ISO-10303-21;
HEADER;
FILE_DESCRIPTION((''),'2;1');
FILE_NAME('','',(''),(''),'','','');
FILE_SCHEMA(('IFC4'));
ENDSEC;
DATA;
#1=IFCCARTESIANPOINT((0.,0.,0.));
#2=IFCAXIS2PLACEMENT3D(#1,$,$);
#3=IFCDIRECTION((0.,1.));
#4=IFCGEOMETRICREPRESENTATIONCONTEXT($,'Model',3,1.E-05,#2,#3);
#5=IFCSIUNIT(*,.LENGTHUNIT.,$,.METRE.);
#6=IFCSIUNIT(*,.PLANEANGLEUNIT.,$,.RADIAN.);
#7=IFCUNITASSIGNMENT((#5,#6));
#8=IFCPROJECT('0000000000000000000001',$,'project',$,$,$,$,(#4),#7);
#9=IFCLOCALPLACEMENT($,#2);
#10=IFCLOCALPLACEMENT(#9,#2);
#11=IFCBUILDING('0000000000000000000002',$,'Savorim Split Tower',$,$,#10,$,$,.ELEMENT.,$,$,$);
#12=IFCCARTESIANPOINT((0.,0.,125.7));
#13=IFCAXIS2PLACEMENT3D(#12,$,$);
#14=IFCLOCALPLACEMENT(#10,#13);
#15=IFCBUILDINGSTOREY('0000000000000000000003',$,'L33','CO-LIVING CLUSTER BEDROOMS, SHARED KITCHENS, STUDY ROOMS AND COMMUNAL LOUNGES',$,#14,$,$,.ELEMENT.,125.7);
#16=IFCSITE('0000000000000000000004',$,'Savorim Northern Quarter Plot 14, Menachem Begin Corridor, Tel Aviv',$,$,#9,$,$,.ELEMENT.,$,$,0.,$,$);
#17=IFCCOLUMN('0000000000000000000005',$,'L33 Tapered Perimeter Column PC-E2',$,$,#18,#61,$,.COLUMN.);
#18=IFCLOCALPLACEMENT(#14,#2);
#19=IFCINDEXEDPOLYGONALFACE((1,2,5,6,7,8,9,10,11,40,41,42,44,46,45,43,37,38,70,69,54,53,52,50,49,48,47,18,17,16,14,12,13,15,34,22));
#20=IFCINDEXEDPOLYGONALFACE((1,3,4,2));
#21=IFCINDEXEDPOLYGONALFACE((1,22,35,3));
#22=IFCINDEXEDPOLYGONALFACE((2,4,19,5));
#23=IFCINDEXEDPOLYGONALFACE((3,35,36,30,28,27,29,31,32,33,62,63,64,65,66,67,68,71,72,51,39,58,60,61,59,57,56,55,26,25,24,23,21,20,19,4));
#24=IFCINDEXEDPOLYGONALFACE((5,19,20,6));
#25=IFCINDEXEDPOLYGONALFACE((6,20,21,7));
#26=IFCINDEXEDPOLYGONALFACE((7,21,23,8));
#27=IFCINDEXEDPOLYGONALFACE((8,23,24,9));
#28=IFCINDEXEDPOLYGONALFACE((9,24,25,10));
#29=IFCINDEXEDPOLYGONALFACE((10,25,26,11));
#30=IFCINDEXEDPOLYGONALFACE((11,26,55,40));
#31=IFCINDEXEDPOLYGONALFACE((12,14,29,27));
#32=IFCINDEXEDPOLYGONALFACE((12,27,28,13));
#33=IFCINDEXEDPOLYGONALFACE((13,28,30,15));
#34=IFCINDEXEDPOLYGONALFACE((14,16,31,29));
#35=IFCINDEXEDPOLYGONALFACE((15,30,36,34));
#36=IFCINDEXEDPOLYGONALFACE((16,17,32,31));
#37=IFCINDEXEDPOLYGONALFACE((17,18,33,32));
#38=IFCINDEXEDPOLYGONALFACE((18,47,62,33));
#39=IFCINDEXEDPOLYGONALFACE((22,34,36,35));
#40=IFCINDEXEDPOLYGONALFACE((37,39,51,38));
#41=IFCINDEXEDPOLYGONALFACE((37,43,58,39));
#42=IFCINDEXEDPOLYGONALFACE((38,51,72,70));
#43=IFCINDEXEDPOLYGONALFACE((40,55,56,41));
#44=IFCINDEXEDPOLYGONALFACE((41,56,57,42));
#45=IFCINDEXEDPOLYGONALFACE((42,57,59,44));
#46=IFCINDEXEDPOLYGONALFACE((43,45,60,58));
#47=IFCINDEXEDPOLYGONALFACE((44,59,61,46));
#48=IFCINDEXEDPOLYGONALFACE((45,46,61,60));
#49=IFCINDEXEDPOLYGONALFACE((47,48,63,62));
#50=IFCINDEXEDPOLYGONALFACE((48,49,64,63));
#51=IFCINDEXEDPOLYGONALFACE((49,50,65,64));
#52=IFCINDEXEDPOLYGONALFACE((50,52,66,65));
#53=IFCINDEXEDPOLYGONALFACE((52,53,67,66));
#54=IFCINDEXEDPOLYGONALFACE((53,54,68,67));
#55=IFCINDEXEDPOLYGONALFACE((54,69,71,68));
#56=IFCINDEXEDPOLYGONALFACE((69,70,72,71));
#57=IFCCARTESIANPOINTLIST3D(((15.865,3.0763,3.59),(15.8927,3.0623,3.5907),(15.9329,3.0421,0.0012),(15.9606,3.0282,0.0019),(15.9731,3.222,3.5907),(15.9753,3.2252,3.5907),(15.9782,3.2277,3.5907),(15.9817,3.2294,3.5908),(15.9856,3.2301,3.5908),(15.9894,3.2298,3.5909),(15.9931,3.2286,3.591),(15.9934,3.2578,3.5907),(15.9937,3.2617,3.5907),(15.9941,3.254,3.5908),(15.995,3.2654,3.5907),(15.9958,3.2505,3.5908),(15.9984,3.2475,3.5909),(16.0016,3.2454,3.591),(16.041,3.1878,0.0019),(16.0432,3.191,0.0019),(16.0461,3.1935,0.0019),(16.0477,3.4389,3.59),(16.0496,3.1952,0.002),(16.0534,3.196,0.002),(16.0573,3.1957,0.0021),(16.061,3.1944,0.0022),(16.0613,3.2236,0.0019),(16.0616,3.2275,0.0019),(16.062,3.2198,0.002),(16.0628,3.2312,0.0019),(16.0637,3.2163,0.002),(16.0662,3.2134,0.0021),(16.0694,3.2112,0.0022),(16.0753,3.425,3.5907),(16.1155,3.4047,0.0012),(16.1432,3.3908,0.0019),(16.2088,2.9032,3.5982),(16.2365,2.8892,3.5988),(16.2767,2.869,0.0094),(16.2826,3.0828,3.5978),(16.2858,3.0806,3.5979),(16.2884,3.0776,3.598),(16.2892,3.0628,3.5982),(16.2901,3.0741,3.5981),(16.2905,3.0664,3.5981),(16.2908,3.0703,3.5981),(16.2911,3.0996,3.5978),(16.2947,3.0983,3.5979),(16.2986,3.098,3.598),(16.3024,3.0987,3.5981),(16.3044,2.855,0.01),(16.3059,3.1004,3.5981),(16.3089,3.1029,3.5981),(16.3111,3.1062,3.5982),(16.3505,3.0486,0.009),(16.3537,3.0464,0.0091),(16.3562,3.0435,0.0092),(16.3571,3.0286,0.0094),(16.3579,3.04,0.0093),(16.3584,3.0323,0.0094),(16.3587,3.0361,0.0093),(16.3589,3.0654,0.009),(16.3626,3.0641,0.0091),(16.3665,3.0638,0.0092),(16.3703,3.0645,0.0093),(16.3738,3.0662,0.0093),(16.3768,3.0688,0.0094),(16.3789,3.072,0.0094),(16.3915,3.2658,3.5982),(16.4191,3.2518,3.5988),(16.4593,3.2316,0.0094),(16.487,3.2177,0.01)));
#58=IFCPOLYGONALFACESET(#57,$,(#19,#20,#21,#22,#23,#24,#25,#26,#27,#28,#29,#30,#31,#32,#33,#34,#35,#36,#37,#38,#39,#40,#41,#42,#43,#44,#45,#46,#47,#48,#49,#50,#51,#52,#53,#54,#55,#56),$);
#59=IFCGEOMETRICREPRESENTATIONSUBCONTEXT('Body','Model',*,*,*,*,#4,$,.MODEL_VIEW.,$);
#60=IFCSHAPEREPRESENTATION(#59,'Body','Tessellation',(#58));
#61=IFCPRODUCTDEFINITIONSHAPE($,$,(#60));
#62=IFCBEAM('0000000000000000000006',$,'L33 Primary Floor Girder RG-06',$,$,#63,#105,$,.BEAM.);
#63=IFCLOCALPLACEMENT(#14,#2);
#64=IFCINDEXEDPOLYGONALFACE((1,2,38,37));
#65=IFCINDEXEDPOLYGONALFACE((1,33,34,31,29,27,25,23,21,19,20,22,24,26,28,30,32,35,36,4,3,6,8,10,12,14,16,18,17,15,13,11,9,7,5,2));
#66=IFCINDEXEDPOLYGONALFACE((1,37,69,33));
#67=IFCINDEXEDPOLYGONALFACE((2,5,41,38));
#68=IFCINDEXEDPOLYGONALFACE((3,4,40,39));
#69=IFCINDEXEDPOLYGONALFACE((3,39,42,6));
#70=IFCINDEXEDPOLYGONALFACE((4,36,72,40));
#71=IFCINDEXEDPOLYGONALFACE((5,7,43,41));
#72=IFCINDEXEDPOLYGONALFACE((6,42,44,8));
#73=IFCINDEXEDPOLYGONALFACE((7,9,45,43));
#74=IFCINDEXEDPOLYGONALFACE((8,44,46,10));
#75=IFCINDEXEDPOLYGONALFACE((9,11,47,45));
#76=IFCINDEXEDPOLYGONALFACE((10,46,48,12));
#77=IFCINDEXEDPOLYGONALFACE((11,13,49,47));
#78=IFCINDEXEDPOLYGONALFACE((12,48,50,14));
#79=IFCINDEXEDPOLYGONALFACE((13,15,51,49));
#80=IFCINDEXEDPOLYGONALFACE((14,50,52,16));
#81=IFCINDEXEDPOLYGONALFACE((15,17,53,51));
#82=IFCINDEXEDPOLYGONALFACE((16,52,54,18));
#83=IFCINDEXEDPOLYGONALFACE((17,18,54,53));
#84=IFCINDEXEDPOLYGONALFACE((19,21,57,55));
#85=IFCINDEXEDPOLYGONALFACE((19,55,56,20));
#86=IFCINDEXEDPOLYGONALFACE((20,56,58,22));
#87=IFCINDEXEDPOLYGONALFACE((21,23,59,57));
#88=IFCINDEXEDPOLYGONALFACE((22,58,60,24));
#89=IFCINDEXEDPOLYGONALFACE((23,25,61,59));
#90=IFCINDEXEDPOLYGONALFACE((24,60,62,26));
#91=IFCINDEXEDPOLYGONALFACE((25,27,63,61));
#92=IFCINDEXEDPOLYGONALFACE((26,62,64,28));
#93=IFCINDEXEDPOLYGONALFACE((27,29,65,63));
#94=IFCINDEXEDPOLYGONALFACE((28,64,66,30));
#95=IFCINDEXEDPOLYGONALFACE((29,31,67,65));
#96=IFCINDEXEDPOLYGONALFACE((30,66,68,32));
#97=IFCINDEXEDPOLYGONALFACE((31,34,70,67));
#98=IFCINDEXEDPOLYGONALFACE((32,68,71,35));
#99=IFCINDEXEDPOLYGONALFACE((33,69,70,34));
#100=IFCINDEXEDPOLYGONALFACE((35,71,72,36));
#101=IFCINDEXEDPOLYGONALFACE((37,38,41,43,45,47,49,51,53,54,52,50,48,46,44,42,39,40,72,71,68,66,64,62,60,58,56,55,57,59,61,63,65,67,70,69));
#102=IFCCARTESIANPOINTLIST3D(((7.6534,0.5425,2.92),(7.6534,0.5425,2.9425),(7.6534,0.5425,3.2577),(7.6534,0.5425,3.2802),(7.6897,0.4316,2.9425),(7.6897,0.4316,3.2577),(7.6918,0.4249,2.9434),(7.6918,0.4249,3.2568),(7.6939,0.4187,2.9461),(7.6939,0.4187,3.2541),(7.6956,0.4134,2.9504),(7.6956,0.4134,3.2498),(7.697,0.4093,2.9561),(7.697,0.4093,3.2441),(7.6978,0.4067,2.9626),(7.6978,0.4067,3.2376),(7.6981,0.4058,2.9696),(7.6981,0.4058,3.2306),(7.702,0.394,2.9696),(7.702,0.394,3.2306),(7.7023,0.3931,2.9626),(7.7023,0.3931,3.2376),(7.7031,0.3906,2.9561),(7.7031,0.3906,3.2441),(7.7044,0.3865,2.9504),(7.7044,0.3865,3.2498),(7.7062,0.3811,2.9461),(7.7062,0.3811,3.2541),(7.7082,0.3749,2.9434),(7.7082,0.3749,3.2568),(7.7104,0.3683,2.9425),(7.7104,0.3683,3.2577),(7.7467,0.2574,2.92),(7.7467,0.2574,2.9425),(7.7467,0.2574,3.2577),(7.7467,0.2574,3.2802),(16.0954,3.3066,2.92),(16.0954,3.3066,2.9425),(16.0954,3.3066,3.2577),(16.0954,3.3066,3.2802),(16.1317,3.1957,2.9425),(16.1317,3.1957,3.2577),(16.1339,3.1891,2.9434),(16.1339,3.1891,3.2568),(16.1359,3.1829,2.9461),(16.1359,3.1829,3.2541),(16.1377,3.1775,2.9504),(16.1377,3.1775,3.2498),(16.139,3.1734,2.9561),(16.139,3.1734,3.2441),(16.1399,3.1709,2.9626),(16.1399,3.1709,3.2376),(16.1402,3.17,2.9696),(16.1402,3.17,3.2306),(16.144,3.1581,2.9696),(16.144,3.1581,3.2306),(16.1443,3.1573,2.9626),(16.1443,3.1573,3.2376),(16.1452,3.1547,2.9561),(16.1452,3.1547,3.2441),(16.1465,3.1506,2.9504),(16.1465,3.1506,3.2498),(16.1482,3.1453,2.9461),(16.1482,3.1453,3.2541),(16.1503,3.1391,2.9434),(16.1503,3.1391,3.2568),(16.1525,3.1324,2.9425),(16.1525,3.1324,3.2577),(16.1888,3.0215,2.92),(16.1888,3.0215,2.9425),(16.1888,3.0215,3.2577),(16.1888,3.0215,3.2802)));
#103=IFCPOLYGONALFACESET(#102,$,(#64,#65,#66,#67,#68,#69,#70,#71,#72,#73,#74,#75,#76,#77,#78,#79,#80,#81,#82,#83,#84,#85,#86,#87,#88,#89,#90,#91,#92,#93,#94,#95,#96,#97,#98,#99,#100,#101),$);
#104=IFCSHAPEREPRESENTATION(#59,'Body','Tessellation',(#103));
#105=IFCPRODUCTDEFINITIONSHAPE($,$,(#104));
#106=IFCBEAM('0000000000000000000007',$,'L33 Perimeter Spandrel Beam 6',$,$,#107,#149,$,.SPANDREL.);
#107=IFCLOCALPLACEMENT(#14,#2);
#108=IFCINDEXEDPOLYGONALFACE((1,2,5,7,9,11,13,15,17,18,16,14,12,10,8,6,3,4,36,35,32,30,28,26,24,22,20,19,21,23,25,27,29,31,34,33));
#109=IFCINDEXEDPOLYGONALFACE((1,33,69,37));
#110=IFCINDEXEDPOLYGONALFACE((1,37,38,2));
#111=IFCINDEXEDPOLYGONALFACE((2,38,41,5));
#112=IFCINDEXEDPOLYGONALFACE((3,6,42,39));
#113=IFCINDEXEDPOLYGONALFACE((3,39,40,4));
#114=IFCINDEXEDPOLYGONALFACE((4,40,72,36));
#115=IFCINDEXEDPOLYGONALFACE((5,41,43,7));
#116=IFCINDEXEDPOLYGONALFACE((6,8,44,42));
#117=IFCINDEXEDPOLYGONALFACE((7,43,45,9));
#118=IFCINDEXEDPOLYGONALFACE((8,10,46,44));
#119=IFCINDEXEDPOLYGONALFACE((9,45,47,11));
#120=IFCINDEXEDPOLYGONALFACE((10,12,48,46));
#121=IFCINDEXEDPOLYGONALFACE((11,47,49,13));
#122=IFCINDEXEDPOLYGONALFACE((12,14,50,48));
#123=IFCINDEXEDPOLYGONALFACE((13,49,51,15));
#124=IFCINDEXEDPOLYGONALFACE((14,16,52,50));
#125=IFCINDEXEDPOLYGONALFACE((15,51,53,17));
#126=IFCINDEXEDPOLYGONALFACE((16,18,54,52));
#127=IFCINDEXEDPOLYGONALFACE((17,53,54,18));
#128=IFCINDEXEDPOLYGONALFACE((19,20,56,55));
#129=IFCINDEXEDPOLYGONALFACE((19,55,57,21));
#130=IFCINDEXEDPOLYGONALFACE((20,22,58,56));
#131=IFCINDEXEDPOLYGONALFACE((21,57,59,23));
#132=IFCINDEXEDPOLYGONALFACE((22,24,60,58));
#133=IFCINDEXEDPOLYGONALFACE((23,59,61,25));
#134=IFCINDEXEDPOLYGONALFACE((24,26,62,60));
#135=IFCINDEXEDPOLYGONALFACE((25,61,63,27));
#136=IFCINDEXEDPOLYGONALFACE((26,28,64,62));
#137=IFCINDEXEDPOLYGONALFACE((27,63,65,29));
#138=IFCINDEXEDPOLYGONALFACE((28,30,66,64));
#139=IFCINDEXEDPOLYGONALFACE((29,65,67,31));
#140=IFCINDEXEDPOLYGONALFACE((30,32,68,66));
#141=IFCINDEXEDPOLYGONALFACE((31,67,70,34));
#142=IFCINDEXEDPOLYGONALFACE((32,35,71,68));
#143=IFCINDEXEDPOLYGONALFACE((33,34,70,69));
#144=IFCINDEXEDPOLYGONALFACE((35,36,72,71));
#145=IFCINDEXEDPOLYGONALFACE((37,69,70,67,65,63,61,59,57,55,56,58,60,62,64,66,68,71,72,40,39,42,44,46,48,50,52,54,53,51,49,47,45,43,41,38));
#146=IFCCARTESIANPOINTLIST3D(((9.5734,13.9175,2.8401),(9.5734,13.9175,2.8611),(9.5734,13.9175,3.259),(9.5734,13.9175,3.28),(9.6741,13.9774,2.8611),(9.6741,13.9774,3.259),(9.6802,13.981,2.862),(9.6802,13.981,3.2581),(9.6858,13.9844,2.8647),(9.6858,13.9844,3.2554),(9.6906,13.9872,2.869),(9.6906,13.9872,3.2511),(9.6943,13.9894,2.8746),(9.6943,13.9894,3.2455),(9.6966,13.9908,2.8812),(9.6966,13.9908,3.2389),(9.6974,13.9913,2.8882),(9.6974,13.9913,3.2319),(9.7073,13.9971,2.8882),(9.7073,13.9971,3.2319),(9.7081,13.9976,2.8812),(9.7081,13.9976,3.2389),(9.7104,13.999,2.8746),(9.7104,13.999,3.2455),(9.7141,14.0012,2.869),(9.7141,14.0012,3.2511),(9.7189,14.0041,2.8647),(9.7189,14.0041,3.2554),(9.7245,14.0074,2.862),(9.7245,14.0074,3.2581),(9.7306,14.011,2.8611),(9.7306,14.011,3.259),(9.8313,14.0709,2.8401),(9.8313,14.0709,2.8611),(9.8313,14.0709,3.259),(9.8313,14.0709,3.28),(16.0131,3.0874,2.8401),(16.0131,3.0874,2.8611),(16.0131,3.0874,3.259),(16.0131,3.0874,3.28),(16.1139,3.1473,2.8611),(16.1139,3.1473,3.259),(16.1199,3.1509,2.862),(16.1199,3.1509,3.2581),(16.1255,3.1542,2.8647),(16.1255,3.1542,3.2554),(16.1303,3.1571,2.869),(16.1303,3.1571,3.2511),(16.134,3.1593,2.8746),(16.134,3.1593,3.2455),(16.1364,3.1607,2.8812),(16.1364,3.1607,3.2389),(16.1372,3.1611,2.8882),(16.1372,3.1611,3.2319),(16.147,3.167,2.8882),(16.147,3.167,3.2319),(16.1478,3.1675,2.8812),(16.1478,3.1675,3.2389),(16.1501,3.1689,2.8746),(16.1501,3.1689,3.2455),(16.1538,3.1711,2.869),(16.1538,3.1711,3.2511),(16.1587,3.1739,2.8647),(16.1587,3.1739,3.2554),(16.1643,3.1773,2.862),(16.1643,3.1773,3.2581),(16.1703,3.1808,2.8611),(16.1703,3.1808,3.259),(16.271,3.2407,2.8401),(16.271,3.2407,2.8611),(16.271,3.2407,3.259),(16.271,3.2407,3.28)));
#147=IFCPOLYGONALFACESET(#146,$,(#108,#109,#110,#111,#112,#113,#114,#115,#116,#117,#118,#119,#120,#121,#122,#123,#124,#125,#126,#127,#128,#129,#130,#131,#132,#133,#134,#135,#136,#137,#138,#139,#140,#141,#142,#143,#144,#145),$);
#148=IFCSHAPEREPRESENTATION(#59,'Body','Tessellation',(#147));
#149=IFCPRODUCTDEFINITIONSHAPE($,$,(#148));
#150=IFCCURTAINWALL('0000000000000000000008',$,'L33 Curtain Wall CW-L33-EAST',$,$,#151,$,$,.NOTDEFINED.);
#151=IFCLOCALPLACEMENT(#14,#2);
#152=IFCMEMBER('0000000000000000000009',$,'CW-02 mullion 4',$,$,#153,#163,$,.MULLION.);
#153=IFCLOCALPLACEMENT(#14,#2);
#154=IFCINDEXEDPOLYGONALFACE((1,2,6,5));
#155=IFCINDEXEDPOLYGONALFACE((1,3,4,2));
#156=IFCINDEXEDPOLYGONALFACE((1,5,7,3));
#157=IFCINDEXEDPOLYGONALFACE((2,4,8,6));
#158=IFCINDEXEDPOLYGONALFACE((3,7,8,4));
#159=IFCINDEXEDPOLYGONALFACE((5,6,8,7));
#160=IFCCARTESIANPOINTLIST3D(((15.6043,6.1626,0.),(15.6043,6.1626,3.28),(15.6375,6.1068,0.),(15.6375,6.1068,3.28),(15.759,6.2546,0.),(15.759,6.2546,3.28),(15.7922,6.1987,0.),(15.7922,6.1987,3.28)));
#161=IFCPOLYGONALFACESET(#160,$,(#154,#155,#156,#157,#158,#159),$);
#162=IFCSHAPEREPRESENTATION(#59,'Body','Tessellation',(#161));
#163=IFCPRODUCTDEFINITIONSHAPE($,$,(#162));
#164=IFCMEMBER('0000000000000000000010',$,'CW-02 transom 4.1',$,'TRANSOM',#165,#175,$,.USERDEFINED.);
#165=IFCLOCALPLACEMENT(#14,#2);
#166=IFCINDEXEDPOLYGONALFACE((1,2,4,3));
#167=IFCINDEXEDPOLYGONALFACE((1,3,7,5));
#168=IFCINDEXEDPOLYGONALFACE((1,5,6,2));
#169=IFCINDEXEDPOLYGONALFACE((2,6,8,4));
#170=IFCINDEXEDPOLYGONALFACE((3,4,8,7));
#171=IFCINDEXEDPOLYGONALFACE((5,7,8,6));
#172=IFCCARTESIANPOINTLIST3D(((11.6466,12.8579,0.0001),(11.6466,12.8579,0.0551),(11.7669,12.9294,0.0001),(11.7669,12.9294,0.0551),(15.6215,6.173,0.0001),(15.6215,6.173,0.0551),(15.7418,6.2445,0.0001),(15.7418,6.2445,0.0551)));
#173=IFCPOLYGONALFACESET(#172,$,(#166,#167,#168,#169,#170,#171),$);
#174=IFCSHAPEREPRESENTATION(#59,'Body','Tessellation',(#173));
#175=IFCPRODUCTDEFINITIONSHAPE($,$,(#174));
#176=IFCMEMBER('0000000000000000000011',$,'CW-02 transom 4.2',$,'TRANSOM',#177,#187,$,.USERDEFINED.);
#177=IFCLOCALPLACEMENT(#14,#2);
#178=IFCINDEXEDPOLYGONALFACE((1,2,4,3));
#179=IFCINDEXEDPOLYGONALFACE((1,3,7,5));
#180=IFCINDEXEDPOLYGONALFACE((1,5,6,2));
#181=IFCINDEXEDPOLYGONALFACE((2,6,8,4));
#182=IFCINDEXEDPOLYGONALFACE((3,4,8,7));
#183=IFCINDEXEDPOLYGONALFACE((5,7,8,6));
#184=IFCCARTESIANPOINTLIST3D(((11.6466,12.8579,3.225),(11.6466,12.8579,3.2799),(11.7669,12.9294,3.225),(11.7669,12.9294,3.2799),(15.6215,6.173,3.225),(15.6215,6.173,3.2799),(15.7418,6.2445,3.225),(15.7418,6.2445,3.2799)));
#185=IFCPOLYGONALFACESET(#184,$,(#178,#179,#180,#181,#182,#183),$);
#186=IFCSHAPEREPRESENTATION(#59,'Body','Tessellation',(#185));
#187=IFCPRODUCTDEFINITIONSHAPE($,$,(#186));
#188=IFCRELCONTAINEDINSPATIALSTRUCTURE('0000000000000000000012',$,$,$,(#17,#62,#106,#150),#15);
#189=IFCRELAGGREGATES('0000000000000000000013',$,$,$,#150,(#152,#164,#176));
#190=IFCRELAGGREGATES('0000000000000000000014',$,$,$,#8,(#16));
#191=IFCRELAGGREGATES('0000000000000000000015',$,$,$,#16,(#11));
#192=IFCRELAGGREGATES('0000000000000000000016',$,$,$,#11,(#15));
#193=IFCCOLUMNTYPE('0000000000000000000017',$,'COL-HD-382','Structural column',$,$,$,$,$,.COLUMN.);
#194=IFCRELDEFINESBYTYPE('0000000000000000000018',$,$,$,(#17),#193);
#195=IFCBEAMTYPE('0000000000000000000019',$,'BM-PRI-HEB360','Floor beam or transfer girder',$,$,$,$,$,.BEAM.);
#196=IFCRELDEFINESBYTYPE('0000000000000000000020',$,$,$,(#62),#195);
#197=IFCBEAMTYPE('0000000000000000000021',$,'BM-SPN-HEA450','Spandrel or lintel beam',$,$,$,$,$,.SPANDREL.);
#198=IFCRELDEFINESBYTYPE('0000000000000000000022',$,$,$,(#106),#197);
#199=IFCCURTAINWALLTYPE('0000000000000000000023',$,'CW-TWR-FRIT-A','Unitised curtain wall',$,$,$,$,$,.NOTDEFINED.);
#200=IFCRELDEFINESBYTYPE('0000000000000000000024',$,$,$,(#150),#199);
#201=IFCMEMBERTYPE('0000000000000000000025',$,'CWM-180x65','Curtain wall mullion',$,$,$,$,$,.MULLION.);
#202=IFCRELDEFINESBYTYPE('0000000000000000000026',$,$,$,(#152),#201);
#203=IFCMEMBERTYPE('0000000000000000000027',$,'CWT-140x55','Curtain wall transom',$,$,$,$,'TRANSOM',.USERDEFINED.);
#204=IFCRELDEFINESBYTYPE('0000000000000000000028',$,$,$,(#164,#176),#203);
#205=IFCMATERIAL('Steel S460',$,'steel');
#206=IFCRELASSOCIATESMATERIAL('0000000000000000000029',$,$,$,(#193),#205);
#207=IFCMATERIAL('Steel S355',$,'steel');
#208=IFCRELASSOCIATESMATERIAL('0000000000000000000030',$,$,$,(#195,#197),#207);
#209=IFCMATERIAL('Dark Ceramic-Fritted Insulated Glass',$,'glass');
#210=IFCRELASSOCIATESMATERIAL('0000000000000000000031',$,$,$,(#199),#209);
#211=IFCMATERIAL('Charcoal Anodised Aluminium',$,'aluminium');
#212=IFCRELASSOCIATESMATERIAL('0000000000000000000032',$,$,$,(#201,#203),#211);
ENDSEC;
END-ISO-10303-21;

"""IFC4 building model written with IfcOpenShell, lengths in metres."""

from ifc_helpers import new_model, si_unit, direction, frame, origin, origin_2d, place, context, subcontext, project, spatial, rectangle, i_section, extrude, material, material_profile, profile_set, type_object, element, aggregate, save


model = new_model("IFC4")

# Units and contexts
model_context = context("Model", 3, precision=1e-05, world=origin(), true_north=direction((0.0, 1.0)))
body_context = subcontext(model_context, "Body", "Model", "MODEL_VIEW")
ifc_project = project(units=[si_unit("LENGTHUNIT", "METRE"), si_unit("PLANEANGLEUNIT", "RADIAN")], contexts=[model_context])

# Site, building, storey
site_placement = place(None, origin())
site = spatial("IfcSite", under=ifc_project, at=site_placement, Name="Savorim Northern Quarter Plot 14, Menachem Begin Corridor, Tel Aviv", CompositionType="ELEMENT", RefElevation=0.0)
building_placement = place(site_placement, origin())
building = spatial("IfcBuilding", under=site, at=building_placement, Name="Savorim Split Tower", CompositionType="ELEMENT")
storey_placement = place(building_placement, frame((0.0, 0.0, 125.7)))
storey = spatial("IfcBuildingStorey", under=building, at=storey_placement, Name="L33", Description="CO-LIVING CLUSTER BEDROOMS, SHARED KITCHENS, STUDY ROOMS AND COMMUNAL LOUNGES", CompositionType="ELEMENT", Elevation=125.7)

# Column
ifc_material_1 = material(Name="Steel S460", Category="steel")
ifc_material_profile_1 = material_profile(ifc_material_1, i_section(OverallWidth=0.406, OverallDepth=0.416, WebThickness=0.0188, FlangeThickness=0.031, FilletRadius=0.0149, at=origin_2d()), Name="HD 400x382")
ifc_profile_set_1 = profile_set([ifc_material_profile_1], Name="Steel S460")
column_type = type_object("IfcColumnType", Name="COL-HD-382", Description="Structural column", PredefinedType="COLUMN", material=ifc_profile_set_1)
column_placement = place(storey_placement, frame((16.21, 3.1299, 0.0056), z_axis=(-0.018907, 0.009522, 0.999776), x_axis=(-0.449782, -0.893138, 0.0)))
element("IfcColumn", 1, at=column_placement, inside=storey, type_object=column_type, Name="L33 Tapered Perimeter Column PC-E2", PredefinedType="COLUMN", context=body_context, shape_type="SweptSolid", body=[
    extrude(i_section(OverallWidth=0.406, OverallDepth=0.416, WebThickness=0.0188, FlangeThickness=0.031, FilletRadius=0.0149, at=origin_2d()), origin(), (0.0, 0.0, 1.0), 3.5896),
])

# Beams
ifc_material_2 = material(Name="Steel S355", Category="steel")
ifc_material_profile_2 = material_profile(ifc_material_2, i_section(OverallWidth=0.3, OverallDepth=0.3601, WebThickness=0.0125, FlangeThickness=0.0225, FilletRadius=0.0271, at=origin_2d()), Name="HEB 360")
ifc_profile_set_2 = profile_set([ifc_material_profile_2], Name="Steel S355")
beam_type_1 = type_object("IfcBeamType", Name="BM-PRI-HEB360", Description="Floor beam or transfer girder", PredefinedType="BEAM", material=ifc_profile_set_2)
beam_1_placement = place(storey_placement, frame((16.1421, 3.1641, 3.1001), z_axis=(-0.950355, -0.311169, 0.0), x_axis=(0.311169, -0.950355, 0.0)))
element("IfcBeam", 2, at=beam_1_placement, inside=storey, type_object=beam_type_1, Name="L33 Primary Floor Girder RG-06", PredefinedType="BEAM", context=body_context, shape_type="SweptSolid", body=[
    extrude(i_section(OverallWidth=0.3, OverallDepth=0.3601, WebThickness=0.0125, FlangeThickness=0.0225, FilletRadius=0.0271, at=origin_2d()), origin(), (0.0, 0.0, 1.0), 8.8831),
])
ifc_material_profile_3 = material_profile(ifc_material_2, i_section(OverallWidth=0.3, OverallDepth=0.4399, WebThickness=0.0115, FlangeThickness=0.021, FilletRadius=0.0271, at=origin_2d()), Name="HEA 450")
ifc_profile_set_3 = profile_set([ifc_material_profile_3], Name="Steel S355")
beam_type_2 = type_object("IfcBeamType", Name="BM-SPN-HEA450", Description="Spandrel or lintel beam", PredefinedType="SPANDREL", material=ifc_profile_set_3)
beam_2_placement = place(storey_placement, frame((16.1421, 3.1641, 3.0601), z_axis=(-0.511087, 0.859529, 0.0), x_axis=(-0.859529, -0.511087, 0.0)))
element("IfcBeam", 3, at=beam_2_placement, inside=storey, type_object=beam_type_2, Name="L33 Perimeter Spandrel Beam 6", PredefinedType="SPANDREL", context=body_context, shape_type="SweptSolid", body=[
    extrude(i_section(OverallWidth=0.3, OverallDepth=0.4399, WebThickness=0.0115, FlangeThickness=0.021, FilletRadius=0.0271, at=origin_2d()), origin(), (0.0, 0.0, 1.0), 12.6001),
])

# Curtain wall, members
ifc_material_3 = material(Name="Dark Ceramic-Fritted Insulated Glass", Category="glass")
curtain_wall_type = type_object("IfcCurtainWallType", Name="CW-TWR-FRIT-A", Description="Unitised curtain wall", PredefinedType="NOTDEFINED", material=ifc_material_3)
curtain_wall_placement = place(storey_placement, origin())
curtain_wall = element("IfcCurtainWall", 4, at=curtain_wall_placement, inside=storey, type_object=curtain_wall_type, Name="L33 Curtain Wall CW-L33-EAST", PredefinedType="NOTDEFINED")
ifc_material_4 = material(Name="Charcoal Anodised Aluminium", Category="aluminium")
ifc_material_profile_4 = material_profile(ifc_material_4, rectangle(XDim=0.1799, YDim=0.0649, at=origin_2d()), Name="ALU-M 180x65")
ifc_profile_set_4 = profile_set([ifc_material_profile_4], Name="Charcoal Anodised Aluminium")
member_type_1 = type_object("IfcMemberType", Name="CWM-180x65", Description="Curtain wall mullion", PredefinedType="MULLION", material=ifc_profile_set_4)
member_1_placement = place(storey_placement, frame((15.6982, 6.1807, 0.0), z_axis=(0.0, 0.0, 1.0), x_axis=(-0.859525, -0.511093, 0.0)))
member_1 = element("IfcMember", 5, at=member_1_placement, type_object=member_type_1, Name="CW-02 mullion 4", PredefinedType="MULLION", context=body_context, shape_type="SweptSolid", body=[
    extrude(rectangle(XDim=0.1799, YDim=0.0649, at=origin_2d()), origin(), (0.0, 0.0, 1.0), 3.28),
])
ifc_material_profile_5 = material_profile(ifc_material_4, rectangle(XDim=0.1399, YDim=0.0549, at=origin_2d()), Name="ALU-T 140x55")
ifc_profile_set_5 = profile_set([ifc_material_profile_5], Name="Charcoal Anodised Aluminium")
member_type_2 = type_object("IfcMemberType", Name="CWT-140x55", Description="Curtain wall transom", ElementType="TRANSOM", PredefinedType="USERDEFINED", material=ifc_profile_set_5)
member_2_placement = place(storey_placement, frame((15.6816, 6.2087, 0.0276), z_axis=(-0.511085, 0.85953, 0.0), x_axis=(-0.85953, -0.511085, 0.0)))
member_2 = element("IfcMember", 6, at=member_2_placement, type_object=member_type_2, Name="CW-02 transom 4.1", ObjectType="TRANSOM", PredefinedType="USERDEFINED", context=body_context, shape_type="SweptSolid", body=[
    extrude(rectangle(XDim=0.1399, YDim=0.0549, at=origin_2d()), origin(), (0.0, 0.0, 1.0), 7.7773),
])
member_3_placement = place(storey_placement, frame((15.6816, 6.2087, 3.2524), z_axis=(-0.511085, 0.85953, 0.0), x_axis=(-0.85953, -0.511085, 0.0)))
member_3 = element("IfcMember", 7, at=member_3_placement, type_object=member_type_2, Name="CW-02 transom 4.2", ObjectType="TRANSOM", PredefinedType="USERDEFINED", context=body_context, shape_type="SweptSolid", body=[
    extrude(rectangle(XDim=0.1399, YDim=0.0549, at=origin_2d()), origin(), (0.0, 0.0, 1.0), 7.7773),
])
aggregate(curtain_wall, [member_1, member_2, member_3])

save(model, "model.ifc")
